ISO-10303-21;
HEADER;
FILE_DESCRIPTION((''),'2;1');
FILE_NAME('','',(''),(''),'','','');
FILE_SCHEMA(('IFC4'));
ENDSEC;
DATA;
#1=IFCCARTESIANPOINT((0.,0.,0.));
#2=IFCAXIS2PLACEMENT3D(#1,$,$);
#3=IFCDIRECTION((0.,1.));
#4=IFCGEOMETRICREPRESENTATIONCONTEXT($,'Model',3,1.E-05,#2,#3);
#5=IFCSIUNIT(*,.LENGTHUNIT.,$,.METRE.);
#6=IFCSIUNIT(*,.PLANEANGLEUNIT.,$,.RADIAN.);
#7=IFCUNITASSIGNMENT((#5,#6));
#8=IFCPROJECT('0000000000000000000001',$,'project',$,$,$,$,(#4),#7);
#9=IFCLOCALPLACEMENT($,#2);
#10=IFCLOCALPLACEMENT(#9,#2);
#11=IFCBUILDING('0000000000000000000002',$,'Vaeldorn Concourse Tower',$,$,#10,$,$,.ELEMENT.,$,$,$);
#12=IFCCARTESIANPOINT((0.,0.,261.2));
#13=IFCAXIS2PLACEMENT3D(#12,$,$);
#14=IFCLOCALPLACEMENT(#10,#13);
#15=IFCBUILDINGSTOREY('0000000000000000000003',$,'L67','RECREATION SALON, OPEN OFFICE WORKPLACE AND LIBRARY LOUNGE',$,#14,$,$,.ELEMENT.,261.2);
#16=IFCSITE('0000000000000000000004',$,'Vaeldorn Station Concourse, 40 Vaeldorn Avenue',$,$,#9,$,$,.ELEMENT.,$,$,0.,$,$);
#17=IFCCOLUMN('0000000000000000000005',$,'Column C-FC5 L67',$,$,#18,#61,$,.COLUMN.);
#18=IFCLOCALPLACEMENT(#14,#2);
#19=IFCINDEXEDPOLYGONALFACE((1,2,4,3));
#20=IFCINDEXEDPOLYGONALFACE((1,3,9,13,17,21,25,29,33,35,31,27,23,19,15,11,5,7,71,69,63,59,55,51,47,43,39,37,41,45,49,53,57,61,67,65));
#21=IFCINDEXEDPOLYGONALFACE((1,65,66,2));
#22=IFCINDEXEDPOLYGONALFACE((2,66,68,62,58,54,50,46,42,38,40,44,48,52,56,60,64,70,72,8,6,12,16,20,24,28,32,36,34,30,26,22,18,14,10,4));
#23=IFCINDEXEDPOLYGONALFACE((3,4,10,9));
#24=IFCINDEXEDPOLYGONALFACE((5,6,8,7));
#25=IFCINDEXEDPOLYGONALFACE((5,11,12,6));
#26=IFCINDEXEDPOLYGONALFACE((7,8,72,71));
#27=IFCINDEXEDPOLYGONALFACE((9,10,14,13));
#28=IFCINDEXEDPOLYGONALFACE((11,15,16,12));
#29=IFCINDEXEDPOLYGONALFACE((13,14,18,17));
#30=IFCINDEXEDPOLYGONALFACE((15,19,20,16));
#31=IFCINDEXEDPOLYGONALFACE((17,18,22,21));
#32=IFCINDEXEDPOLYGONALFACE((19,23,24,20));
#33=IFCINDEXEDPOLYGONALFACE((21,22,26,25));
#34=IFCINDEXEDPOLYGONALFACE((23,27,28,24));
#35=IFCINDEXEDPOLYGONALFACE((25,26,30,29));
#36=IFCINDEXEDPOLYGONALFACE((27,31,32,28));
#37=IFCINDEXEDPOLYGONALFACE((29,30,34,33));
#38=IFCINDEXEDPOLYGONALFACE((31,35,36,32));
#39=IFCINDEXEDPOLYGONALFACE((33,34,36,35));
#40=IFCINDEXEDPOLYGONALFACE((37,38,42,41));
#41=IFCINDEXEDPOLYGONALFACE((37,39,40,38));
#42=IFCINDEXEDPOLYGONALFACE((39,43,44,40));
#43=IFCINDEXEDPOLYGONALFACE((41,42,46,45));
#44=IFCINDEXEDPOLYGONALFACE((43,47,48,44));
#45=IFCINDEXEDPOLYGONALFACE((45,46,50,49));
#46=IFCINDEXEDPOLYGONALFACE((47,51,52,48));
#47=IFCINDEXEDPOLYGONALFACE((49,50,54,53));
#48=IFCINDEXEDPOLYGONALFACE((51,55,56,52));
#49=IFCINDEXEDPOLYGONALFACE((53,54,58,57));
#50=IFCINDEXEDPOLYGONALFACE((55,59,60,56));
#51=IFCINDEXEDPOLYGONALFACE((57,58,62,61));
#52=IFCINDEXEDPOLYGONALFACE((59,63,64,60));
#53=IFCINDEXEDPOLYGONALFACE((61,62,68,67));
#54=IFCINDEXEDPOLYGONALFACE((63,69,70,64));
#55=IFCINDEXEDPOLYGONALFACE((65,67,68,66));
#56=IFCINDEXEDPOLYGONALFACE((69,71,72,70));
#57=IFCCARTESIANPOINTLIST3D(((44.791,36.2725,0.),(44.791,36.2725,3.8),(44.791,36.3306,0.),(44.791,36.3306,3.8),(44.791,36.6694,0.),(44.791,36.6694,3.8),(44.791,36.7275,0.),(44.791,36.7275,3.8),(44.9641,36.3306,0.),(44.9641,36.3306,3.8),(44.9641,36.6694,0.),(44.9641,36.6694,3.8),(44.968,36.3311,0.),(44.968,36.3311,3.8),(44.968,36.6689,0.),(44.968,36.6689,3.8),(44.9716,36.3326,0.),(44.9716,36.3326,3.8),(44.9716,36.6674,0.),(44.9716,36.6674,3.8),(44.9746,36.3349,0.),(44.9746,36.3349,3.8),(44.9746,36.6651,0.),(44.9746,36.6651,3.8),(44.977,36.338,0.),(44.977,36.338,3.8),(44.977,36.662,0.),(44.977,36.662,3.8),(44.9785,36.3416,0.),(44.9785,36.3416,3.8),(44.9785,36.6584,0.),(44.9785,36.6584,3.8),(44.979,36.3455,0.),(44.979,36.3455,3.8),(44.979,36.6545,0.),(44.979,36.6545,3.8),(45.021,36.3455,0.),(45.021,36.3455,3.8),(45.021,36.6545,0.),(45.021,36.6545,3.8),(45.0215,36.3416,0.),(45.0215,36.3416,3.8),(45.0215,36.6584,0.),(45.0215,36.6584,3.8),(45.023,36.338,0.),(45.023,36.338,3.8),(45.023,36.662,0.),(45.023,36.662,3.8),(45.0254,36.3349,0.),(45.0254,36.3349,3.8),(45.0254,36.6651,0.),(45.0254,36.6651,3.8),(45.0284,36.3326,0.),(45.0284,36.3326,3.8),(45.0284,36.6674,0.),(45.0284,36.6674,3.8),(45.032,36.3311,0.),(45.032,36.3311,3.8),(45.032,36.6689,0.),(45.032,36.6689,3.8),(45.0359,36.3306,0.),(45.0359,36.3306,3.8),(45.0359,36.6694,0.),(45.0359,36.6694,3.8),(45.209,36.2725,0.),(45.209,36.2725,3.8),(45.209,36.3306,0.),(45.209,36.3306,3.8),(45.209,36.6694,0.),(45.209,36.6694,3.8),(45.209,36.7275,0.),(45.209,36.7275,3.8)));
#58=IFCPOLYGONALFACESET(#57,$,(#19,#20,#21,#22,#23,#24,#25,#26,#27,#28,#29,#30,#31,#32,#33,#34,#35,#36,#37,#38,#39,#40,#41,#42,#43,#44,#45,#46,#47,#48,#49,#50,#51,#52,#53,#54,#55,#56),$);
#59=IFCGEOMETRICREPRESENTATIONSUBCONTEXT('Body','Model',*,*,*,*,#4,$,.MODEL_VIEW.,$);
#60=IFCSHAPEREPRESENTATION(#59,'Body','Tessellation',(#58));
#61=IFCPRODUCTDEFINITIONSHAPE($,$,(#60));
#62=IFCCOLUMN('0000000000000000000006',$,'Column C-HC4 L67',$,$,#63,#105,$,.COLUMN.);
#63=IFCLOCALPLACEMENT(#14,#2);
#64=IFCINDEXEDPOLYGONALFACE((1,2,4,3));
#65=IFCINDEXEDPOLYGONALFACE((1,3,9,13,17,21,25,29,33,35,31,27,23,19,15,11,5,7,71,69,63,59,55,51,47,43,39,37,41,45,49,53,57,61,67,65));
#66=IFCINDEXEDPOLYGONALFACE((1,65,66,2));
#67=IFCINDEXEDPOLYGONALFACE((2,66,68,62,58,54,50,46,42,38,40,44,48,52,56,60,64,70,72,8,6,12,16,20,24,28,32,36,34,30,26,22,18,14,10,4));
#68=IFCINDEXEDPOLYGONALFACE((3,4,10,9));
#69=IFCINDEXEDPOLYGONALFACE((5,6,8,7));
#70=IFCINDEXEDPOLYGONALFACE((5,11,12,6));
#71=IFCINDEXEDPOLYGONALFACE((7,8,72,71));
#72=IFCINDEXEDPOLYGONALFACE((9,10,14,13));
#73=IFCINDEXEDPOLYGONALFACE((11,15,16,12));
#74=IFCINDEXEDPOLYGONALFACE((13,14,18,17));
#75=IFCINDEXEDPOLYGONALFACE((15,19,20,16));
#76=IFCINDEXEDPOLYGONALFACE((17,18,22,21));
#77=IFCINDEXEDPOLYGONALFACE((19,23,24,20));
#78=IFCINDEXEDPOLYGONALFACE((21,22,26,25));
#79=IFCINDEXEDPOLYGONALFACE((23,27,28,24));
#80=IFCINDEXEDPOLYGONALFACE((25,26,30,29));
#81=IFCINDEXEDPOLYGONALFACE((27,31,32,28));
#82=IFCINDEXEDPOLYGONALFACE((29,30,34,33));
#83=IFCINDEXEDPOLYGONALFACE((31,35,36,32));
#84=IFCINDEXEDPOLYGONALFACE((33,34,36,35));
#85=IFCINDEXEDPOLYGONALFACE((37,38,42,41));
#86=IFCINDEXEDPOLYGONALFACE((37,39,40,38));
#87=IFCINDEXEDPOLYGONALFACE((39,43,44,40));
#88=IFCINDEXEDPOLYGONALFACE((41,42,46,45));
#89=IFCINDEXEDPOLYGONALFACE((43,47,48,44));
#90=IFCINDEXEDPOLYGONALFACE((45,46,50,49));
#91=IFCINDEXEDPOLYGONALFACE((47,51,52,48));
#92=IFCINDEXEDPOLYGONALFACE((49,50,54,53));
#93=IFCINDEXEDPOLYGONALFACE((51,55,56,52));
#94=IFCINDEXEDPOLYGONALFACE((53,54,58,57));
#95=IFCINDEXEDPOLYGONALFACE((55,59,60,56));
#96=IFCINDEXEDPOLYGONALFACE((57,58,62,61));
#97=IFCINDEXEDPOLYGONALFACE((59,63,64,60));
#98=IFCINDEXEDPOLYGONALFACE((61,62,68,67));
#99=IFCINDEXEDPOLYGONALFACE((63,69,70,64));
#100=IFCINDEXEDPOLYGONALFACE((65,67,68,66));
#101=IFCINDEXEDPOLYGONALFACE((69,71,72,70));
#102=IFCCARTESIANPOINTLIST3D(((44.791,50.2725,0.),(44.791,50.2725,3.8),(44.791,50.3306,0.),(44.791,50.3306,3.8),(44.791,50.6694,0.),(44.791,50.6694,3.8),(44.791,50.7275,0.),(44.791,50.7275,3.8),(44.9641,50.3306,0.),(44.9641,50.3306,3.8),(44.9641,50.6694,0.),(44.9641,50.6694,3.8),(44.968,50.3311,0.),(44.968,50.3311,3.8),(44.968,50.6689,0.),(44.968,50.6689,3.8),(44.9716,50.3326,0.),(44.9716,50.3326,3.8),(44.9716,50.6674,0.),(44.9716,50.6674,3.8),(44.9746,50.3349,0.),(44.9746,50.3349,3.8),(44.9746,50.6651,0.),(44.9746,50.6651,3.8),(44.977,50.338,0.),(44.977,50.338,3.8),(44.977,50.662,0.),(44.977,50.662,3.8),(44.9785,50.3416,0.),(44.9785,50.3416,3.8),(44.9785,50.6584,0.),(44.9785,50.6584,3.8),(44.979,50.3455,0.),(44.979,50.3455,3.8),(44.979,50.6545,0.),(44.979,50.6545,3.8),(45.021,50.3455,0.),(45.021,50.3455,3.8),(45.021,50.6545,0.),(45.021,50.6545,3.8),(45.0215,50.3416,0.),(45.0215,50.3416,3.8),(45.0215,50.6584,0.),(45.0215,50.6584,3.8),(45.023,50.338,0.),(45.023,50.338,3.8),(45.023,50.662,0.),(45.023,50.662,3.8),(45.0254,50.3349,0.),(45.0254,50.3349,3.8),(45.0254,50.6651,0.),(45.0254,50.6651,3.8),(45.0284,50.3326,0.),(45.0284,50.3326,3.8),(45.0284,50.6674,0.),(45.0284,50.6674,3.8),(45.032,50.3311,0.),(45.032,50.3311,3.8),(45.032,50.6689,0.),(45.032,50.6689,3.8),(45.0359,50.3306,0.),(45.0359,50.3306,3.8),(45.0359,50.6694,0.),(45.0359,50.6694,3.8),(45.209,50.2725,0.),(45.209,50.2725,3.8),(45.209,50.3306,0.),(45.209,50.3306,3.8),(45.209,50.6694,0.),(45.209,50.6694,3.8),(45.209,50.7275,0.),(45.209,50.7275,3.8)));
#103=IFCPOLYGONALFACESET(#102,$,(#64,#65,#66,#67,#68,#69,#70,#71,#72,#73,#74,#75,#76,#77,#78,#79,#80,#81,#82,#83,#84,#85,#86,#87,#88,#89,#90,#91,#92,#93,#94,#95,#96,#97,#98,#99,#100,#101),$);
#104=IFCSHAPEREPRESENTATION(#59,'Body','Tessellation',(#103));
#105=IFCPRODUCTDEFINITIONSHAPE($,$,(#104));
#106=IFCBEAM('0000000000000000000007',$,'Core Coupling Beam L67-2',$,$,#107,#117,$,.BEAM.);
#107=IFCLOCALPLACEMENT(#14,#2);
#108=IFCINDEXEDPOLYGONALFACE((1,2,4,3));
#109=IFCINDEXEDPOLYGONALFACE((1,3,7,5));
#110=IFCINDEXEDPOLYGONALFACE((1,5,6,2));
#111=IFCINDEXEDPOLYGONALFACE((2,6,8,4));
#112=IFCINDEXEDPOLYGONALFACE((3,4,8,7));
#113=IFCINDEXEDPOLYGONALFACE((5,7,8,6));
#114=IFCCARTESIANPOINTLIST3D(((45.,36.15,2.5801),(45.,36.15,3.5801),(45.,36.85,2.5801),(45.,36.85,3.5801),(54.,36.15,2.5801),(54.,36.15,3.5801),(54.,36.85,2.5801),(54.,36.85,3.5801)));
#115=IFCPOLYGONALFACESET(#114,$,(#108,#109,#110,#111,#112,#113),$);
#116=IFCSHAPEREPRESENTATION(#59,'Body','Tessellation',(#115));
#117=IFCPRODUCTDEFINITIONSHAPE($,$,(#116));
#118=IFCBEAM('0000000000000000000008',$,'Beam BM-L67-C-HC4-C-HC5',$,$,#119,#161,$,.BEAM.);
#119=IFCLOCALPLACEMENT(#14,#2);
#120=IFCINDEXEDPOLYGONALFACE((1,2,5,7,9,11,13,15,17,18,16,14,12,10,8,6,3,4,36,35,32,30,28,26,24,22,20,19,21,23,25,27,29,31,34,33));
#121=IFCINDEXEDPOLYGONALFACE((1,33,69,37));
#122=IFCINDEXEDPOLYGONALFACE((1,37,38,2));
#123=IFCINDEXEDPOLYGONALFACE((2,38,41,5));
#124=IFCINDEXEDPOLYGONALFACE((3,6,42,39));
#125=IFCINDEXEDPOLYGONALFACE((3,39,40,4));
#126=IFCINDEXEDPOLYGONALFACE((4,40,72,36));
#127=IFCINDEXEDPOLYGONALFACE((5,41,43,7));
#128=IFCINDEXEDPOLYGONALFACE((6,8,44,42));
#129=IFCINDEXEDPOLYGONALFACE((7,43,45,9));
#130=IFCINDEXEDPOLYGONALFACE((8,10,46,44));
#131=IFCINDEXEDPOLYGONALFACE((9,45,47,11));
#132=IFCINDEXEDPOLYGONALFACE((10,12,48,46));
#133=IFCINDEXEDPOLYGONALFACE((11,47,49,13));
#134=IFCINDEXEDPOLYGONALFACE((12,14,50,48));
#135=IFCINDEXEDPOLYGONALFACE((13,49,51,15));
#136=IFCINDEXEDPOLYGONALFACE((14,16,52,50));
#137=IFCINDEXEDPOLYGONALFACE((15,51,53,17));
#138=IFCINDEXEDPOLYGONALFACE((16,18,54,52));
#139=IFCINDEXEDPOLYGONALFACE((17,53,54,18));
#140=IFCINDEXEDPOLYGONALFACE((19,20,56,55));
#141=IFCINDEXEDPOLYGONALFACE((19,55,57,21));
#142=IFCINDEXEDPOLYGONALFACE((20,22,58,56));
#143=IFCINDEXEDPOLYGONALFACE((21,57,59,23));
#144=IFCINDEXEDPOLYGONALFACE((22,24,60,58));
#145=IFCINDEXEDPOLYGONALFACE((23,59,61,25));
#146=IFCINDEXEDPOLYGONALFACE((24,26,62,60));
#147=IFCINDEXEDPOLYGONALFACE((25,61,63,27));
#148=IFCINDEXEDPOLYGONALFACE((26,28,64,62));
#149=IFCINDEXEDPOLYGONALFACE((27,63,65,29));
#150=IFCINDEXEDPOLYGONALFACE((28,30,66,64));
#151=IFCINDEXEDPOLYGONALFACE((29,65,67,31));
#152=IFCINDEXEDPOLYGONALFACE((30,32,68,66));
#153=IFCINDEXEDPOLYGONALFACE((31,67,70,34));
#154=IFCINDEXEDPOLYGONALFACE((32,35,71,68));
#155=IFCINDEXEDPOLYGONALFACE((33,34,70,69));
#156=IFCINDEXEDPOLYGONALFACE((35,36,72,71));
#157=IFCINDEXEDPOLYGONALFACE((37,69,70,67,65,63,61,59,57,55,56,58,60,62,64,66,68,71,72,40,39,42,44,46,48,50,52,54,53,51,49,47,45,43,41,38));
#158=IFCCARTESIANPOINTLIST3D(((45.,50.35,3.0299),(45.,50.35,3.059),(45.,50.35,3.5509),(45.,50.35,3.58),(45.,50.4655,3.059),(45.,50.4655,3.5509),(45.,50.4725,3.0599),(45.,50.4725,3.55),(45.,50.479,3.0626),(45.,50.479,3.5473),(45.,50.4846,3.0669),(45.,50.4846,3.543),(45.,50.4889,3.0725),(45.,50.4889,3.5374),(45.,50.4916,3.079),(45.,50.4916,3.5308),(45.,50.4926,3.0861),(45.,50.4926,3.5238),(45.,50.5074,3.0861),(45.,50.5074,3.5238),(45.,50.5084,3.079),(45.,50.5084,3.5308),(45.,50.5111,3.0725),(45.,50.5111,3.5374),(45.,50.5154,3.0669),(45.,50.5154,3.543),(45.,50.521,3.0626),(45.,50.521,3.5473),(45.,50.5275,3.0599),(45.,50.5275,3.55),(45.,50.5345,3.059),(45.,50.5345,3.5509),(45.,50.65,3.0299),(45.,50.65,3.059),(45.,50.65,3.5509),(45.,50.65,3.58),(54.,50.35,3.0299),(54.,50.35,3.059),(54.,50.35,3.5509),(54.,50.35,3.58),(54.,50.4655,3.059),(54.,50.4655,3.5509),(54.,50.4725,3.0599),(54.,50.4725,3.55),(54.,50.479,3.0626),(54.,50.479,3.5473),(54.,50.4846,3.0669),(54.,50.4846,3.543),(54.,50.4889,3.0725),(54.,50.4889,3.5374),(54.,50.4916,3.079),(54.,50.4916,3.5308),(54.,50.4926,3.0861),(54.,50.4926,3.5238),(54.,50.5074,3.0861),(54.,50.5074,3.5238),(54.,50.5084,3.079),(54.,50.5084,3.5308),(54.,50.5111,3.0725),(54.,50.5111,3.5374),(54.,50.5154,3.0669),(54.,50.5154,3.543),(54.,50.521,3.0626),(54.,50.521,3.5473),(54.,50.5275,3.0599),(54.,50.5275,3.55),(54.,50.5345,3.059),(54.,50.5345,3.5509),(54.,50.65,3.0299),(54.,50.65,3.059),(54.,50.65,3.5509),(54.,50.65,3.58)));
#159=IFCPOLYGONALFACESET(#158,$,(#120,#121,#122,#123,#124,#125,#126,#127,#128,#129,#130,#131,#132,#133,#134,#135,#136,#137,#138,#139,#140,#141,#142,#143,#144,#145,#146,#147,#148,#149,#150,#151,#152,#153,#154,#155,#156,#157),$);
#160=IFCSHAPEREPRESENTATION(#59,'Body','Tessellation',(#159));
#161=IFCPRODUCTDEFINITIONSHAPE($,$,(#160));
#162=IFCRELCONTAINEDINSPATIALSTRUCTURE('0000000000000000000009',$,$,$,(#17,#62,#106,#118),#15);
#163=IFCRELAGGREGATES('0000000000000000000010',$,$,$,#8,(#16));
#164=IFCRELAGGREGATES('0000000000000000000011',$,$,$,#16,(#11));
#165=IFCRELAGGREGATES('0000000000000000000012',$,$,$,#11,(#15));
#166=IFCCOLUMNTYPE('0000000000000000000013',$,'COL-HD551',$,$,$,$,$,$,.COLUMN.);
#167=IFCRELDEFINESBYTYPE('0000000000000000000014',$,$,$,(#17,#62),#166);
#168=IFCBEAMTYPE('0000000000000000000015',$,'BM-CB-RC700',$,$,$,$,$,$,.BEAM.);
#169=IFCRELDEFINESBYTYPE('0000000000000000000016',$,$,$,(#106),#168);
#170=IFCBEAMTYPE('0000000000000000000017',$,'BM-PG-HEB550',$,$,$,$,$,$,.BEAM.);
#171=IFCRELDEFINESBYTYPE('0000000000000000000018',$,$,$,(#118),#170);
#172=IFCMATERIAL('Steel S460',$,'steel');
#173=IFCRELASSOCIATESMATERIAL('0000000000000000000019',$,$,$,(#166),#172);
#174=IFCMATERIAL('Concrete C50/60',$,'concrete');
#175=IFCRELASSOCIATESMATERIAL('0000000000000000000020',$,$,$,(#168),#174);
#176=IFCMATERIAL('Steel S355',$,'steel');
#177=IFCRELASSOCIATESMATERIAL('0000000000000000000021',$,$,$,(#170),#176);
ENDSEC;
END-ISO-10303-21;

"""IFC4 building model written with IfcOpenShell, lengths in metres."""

from ifc_helpers import new_model, si_unit, direction, frame, origin, origin_2d, place, context, subcontext, project, spatial, rectangle, i_section, extrude, source, transform, mapped, material, material_profile, profile_set, type_object, element, save


model = new_model("IFC4")

# Units and contexts
model_context = context("Model", 3, precision=1e-05, world=origin(), true_north=direction((0.0, 1.0)))
body_context = subcontext(model_context, "Body", "Model", "MODEL_VIEW")
ifc_project = project(units=[si_unit("LENGTHUNIT", "METRE"), si_unit("PLANEANGLEUNIT", "RADIAN")], contexts=[model_context])

# Site, building, storey
site_placement = place(None, origin())
site = spatial("IfcSite", under=ifc_project, at=site_placement, Name="Vaeldorn Station Concourse, 40 Vaeldorn Avenue", CompositionType="ELEMENT", RefElevation=0.0)
building_placement = place(site_placement, origin())
building = spatial("IfcBuilding", under=site, at=building_placement, Name="Vaeldorn Concourse Tower", CompositionType="ELEMENT")
storey_placement = place(building_placement, frame((0.0, 0.0, 261.2)))
storey = spatial("IfcBuildingStorey", under=building, at=storey_placement, Name="L67", Description="RECREATION SALON, OPEN OFFICE WORKPLACE AND LIBRARY LOUNGE", CompositionType="ELEMENT", Elevation=261.2)

# Columns
ifc_material_1 = material(Name="Steel S460", Category="steel")
ifc_material_profile_1 = material_profile(ifc_material_1, i_section(OverallWidth=0.418, OverallDepth=0.4551, WebThickness=0.042, FlangeThickness=0.0581, FilletRadius=0.0149, at=origin_2d()), Name="HD 400x551")
ifc_profile_set_1 = profile_set([ifc_material_profile_1], Name="Steel S460")
column_type = type_object("IfcColumnType", Name="COL-HD551", PredefinedType="COLUMN", material=ifc_profile_set_1)
shared_shape_1 = source(origin(), body_context, "Body", "SweptSolid", [
    extrude(i_section(OverallWidth=0.418, OverallDepth=0.4551, WebThickness=0.042, FlangeThickness=0.0581, FilletRadius=0.0149, at=origin_2d()), origin(), (0.0, 0.0, 1.0), 3.8),
])
for number, where, z_axis, x_axis, name in (
    (1, (45.0, 36.5, 0.0), (0.0, 0.0, 1.0), (1.0, 0.0, 0.0), "Column C-FC5 L67"),
    (2, (45.0, 50.5, 0.0), (0.0, 0.0, 1.0), (1.0, 0.0, 0.0), "Column C-HC4 L67"),
):
    element("IfcColumn", number, at=place(storey_placement, frame(where, z_axis=z_axis, x_axis=x_axis)), inside=storey, type_object=column_type, Name=name, PredefinedType="COLUMN", context=body_context, shape_type="MappedRepresentation", body=[
        mapped(shared_shape_1, transform((0.0, 0.0, 0.0), scale=1.0)),
    ])

# Beams
ifc_material_2 = material(Name="Concrete C50/60", Category="concrete")
ifc_material_profile_2 = material_profile(ifc_material_2, rectangle(XDim=0.7, YDim=1.0, at=origin_2d()), Name="RC 700x1000")
ifc_profile_set_2 = profile_set([ifc_material_profile_2], Name="Concrete C50/60")
beam_type_1 = type_object("IfcBeamType", Name="BM-CB-RC700", PredefinedType="BEAM", material=ifc_profile_set_2)
shared_shape_2 = source(origin(), body_context, "Body", "SweptSolid", [
    extrude(rectangle(XDim=0.7, YDim=1.0, at=origin_2d()), origin(), (0.0, 0.0, 1.0), 9.0),
])
beam_1_placement = place(storey_placement, frame((45.0, 36.5, 3.0801), z_axis=(1.0, 0.0, 0.0), x_axis=(0.0, 1.0, 0.0)))
element("IfcBeam", 3, at=beam_1_placement, inside=storey, type_object=beam_type_1, Name="Core Coupling Beam L67-2", PredefinedType="BEAM", context=body_context, shape_type="MappedRepresentation", body=[
    mapped(shared_shape_2, transform((0.0, 0.0, 0.0), scale=1.0)),
])
ifc_material_3 = material(Name="Steel S355", Category="steel")
ifc_material_profile_3 = material_profile(ifc_material_3, i_section(OverallWidth=0.3, OverallDepth=0.55, WebThickness=0.0149, FlangeThickness=0.0291, FilletRadius=0.0271, at=origin_2d()), Name="HEB 550")
ifc_profile_set_3 = profile_set([ifc_material_profile_3], Name="Steel S355")
beam_type_2 = type_object("IfcBeamType", Name="BM-PG-HEB550", PredefinedType="BEAM", material=ifc_profile_set_3)
shared_shape_3 = source(origin(), body_context, "Body", "SweptSolid", [
    extrude(i_section(OverallWidth=0.3, OverallDepth=0.55, WebThickness=0.0149, FlangeThickness=0.0291, FilletRadius=0.0271, at=origin_2d()), origin(), (0.0, 0.0, 1.0), 9.0),
])
beam_2_placement = place(storey_placement, frame((45.0, 50.5, 3.3049), z_axis=(1.0, 0.0, 0.0), x_axis=(0.0, 1.0, 0.0)))
element("IfcBeam", 4, at=beam_2_placement, inside=storey, type_object=beam_type_2, Name="Beam BM-L67-C-HC4-C-HC5", PredefinedType="BEAM", context=body_context, shape_type="MappedRepresentation", body=[
    mapped(shared_shape_3, transform((0.0, 0.0, 0.0), scale=1.0)),
])

save(model, "model.ifc")
